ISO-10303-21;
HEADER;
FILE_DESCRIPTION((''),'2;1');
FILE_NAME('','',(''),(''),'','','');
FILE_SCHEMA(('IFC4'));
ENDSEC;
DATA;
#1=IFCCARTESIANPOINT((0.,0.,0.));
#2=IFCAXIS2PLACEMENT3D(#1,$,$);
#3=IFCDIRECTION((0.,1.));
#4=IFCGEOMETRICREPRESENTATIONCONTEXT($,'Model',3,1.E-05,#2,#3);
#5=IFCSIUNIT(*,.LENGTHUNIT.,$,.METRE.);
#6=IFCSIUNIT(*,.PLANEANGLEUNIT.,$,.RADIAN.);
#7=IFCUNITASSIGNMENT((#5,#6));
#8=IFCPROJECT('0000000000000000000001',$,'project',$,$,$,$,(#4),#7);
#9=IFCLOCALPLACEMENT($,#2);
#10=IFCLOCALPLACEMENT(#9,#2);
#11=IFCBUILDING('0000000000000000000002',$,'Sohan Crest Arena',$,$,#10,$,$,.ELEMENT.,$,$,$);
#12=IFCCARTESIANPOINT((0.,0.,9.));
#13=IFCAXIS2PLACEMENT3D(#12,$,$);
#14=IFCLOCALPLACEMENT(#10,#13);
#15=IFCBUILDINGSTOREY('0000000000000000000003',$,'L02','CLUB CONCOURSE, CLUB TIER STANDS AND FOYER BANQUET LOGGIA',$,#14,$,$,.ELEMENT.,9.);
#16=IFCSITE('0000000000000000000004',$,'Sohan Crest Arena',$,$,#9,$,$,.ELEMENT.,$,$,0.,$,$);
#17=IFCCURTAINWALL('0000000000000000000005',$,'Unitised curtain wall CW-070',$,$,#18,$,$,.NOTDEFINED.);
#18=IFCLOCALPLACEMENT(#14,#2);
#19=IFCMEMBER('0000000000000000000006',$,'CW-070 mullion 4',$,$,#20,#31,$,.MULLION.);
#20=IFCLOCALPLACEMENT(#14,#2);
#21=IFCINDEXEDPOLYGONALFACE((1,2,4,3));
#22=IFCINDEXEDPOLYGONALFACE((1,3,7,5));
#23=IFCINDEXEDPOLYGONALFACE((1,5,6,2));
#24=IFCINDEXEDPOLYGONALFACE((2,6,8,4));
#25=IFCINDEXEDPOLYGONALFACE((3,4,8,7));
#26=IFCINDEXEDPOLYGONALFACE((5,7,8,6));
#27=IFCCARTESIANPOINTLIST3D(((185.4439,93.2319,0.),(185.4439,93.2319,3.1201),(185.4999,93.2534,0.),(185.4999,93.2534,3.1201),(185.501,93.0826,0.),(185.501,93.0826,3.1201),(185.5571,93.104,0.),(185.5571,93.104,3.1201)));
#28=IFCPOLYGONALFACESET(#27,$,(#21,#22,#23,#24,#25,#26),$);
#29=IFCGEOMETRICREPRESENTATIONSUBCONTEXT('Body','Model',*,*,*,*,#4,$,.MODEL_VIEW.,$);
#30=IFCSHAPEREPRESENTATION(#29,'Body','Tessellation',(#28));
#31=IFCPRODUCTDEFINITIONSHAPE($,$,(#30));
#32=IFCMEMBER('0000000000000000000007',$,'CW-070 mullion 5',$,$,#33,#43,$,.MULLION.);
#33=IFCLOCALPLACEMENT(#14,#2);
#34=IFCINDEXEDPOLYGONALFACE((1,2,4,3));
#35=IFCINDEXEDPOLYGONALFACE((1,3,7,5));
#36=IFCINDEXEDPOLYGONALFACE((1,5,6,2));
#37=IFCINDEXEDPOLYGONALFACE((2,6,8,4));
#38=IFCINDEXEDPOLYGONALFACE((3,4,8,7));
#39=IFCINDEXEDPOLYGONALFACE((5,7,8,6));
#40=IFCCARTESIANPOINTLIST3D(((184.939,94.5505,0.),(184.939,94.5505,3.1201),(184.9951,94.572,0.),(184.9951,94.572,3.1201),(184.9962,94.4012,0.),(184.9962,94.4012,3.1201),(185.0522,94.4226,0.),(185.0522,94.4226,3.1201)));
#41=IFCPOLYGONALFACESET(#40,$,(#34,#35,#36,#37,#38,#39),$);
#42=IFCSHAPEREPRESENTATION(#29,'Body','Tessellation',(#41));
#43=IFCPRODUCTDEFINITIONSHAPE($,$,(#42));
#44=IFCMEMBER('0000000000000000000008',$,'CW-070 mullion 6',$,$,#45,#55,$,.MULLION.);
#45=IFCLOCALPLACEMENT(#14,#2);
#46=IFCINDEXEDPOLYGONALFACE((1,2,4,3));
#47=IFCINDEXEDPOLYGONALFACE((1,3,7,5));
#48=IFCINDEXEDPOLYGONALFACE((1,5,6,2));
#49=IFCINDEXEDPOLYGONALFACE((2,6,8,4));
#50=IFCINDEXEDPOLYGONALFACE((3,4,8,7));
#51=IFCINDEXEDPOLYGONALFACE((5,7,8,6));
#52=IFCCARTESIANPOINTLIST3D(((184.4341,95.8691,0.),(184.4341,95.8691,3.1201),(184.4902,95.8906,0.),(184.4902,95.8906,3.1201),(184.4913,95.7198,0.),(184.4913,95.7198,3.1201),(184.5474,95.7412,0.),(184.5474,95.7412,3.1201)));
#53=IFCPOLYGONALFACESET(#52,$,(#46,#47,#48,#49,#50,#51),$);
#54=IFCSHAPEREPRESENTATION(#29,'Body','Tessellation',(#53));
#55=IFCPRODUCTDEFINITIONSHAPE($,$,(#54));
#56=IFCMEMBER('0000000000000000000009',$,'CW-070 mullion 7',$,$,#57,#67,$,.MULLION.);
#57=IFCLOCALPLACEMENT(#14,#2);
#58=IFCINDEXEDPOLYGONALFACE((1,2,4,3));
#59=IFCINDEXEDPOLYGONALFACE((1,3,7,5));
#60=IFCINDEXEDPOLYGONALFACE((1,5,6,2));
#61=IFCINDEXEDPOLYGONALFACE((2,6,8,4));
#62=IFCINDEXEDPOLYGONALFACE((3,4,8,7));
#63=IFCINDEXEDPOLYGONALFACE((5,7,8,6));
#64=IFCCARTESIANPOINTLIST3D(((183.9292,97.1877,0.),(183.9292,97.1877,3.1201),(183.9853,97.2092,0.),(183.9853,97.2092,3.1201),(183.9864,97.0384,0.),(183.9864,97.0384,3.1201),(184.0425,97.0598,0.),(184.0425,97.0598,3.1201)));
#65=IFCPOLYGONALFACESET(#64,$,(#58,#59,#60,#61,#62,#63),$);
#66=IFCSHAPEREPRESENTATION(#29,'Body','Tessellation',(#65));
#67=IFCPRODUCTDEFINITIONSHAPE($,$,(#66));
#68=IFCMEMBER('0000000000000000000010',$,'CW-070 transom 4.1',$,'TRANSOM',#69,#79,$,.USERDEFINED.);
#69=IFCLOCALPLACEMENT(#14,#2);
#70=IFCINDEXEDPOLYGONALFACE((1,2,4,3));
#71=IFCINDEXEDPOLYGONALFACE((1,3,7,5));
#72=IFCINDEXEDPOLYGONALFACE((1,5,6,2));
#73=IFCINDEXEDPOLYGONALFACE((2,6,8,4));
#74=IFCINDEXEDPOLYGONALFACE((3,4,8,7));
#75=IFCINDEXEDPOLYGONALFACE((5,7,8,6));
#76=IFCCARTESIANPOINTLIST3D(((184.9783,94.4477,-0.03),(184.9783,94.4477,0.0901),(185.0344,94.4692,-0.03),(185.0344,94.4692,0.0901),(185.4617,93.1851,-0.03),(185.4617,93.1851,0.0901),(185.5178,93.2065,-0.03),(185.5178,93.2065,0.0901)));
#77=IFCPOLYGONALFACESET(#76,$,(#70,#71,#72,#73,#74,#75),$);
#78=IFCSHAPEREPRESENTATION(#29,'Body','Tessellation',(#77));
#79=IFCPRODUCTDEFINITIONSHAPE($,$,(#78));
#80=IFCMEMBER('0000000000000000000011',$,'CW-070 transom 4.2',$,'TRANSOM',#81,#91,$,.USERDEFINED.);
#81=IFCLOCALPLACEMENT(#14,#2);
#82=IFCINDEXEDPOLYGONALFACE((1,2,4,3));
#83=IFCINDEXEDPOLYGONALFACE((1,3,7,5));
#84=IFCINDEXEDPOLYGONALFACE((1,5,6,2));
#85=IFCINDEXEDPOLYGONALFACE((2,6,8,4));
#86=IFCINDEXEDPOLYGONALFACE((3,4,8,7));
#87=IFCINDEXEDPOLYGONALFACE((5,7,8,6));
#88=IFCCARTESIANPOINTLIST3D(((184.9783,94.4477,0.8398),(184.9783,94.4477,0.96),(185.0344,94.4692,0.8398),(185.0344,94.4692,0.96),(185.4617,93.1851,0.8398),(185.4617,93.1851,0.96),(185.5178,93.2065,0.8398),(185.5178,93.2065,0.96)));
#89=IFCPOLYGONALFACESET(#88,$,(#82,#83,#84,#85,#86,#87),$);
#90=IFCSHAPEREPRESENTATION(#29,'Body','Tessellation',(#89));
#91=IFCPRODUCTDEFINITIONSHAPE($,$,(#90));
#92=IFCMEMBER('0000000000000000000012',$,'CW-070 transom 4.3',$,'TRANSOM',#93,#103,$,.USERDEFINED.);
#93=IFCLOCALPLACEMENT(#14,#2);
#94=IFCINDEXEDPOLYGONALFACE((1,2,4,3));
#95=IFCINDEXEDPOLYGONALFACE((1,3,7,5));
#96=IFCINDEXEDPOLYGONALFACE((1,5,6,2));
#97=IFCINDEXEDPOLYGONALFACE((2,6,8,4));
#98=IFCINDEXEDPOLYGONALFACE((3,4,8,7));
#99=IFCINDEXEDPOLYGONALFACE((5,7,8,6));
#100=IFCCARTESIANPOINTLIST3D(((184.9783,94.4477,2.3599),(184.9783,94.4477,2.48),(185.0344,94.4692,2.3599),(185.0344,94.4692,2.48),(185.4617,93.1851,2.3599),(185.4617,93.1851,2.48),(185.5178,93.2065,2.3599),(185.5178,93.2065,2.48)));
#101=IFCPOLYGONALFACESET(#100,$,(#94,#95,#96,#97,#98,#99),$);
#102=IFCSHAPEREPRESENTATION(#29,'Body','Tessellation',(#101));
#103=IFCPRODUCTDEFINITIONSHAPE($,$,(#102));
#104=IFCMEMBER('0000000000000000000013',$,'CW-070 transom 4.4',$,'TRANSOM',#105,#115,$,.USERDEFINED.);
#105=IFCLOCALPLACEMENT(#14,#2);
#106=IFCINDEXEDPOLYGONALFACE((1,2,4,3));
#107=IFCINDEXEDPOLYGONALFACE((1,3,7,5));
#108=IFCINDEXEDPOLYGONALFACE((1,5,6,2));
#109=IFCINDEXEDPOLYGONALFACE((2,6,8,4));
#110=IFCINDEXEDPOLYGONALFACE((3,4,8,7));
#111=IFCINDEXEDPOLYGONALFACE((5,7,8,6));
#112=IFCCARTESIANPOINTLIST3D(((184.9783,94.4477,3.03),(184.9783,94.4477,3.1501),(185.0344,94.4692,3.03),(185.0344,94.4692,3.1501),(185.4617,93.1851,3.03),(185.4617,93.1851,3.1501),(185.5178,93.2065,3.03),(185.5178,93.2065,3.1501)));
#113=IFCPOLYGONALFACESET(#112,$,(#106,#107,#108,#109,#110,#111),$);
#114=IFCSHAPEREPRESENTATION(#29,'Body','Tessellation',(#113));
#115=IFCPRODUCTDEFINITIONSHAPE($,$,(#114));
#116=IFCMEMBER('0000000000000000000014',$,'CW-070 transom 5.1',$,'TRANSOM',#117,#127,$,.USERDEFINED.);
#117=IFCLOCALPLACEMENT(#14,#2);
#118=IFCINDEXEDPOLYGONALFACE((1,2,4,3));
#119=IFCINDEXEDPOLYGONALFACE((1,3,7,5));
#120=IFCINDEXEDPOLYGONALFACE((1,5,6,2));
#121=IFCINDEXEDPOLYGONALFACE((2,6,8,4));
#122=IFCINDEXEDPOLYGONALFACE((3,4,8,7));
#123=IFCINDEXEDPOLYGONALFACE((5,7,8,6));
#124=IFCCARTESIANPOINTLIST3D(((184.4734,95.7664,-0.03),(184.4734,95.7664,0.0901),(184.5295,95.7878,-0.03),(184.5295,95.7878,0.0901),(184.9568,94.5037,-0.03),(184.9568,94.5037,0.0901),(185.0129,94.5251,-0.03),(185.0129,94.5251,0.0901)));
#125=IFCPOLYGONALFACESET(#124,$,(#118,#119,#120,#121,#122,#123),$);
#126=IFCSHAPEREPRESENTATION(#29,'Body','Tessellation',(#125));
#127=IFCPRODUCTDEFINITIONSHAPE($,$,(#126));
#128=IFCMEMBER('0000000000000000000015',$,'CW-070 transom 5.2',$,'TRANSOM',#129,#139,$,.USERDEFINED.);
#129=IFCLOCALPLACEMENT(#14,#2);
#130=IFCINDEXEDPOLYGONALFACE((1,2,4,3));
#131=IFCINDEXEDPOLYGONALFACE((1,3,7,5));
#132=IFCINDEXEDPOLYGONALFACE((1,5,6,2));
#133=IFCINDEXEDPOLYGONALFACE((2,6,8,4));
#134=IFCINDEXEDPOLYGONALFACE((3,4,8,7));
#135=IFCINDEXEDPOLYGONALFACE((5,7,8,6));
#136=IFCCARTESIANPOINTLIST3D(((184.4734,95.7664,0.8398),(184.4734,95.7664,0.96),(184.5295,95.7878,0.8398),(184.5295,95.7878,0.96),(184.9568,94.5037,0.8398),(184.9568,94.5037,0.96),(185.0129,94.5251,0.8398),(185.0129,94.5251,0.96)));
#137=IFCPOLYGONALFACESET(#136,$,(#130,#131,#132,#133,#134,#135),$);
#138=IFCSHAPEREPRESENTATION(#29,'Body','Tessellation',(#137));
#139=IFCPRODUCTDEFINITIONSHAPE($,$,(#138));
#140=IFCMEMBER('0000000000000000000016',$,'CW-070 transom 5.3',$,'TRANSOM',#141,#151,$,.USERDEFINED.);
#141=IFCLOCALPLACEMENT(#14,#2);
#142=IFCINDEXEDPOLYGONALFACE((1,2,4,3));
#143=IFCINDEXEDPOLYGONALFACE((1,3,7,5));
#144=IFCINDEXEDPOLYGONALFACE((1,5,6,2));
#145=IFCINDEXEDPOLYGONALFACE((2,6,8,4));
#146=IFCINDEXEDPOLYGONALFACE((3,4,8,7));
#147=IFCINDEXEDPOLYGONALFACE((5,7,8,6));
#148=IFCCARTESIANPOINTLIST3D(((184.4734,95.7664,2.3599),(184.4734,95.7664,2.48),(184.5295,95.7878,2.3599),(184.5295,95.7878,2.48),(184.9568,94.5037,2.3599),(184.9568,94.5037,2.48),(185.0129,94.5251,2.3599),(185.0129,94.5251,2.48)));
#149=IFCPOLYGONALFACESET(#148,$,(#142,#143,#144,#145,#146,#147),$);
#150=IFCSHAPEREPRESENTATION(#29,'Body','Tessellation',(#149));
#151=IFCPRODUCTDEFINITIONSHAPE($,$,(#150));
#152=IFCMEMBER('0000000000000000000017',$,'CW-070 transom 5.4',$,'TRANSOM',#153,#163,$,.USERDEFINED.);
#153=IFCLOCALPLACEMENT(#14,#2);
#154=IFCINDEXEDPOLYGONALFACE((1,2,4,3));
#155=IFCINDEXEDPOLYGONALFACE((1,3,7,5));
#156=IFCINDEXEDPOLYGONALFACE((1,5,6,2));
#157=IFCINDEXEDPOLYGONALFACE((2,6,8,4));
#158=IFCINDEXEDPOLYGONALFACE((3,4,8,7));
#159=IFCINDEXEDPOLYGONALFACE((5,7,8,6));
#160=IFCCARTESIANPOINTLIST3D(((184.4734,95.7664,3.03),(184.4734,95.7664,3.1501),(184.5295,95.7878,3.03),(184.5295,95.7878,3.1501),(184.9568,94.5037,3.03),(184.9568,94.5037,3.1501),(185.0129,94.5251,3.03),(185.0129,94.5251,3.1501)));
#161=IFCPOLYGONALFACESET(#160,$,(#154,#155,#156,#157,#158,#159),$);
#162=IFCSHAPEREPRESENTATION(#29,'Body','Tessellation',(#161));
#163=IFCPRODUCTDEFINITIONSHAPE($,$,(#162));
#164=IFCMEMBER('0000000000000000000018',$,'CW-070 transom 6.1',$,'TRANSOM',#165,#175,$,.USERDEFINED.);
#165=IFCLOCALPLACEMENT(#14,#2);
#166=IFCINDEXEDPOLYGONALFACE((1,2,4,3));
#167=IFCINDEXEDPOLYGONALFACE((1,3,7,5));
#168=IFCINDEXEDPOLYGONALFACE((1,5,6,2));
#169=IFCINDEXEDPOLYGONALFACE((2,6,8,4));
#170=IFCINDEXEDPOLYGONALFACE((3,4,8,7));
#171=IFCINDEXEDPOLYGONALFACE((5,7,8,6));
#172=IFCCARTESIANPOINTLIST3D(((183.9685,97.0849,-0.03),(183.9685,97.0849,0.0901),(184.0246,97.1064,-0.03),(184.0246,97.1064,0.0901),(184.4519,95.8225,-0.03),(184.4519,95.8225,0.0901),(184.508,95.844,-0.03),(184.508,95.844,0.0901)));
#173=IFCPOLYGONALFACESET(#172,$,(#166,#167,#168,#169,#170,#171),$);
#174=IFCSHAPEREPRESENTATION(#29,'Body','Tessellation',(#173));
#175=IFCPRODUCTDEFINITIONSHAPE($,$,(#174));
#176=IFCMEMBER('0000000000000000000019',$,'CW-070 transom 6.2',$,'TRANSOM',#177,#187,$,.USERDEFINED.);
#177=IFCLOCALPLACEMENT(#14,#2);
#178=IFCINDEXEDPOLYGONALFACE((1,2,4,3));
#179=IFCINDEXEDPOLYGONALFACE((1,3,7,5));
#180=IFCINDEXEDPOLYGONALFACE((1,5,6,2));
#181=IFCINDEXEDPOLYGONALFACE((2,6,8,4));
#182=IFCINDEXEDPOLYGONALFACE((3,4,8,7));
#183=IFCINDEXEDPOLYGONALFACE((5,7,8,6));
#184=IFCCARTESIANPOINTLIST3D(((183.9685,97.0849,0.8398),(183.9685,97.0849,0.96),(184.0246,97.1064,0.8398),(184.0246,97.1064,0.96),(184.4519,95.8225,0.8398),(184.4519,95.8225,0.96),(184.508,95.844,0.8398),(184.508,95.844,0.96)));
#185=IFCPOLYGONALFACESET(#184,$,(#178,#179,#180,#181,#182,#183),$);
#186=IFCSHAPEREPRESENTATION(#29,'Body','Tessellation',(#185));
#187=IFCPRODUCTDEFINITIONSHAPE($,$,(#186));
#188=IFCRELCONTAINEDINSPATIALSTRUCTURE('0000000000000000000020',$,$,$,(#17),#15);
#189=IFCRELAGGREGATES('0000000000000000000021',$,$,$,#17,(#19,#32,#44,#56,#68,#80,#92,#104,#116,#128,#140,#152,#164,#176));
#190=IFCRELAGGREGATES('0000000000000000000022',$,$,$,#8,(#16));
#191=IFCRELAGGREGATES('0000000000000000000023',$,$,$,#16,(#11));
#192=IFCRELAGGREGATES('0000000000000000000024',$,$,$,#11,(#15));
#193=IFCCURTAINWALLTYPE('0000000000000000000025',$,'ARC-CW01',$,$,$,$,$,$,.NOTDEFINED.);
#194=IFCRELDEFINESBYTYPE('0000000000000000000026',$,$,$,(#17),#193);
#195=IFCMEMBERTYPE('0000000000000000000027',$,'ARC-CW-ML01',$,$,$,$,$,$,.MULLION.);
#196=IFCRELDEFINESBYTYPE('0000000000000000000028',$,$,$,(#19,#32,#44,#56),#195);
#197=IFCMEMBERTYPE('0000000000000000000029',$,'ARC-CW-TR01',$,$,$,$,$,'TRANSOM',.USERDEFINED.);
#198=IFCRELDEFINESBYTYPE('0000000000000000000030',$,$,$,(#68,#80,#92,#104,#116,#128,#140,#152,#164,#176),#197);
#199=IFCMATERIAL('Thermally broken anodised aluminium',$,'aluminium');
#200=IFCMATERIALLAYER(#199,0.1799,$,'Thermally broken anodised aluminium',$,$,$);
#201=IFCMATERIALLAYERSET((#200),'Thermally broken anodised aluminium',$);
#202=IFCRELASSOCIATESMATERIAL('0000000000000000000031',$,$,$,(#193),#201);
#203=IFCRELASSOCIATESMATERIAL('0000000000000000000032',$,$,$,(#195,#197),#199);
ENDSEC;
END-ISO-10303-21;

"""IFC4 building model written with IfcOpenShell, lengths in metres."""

from ifc_helpers import new_model, si_unit, direction, frame, origin, origin_2d, place, context, subcontext, project, spatial, rectangle, extrude, material, layer, layer_set, material_profile, profile_set, type_object, element, aggregate, save


model = new_model("IFC4")

# Units and contexts
model_context = context("Model", 3, precision=1e-05, world=origin(), true_north=direction((0.0, 1.0)))
body_context = subcontext(model_context, "Body", "Model", "MODEL_VIEW")
ifc_project = project(units=[si_unit("LENGTHUNIT", "METRE"), si_unit("PLANEANGLEUNIT", "RADIAN")], contexts=[model_context])

# Site, building, storey
site_placement = place(None, origin())
site = spatial("IfcSite", under=ifc_project, at=site_placement, Name="Sohan Crest Arena", CompositionType="ELEMENT", RefElevation=0.0)
building_placement = place(site_placement, origin())
building = spatial("IfcBuilding", under=site, at=building_placement, Name="Sohan Crest Arena", CompositionType="ELEMENT")
storey_placement = place(building_placement, frame((0.0, 0.0, 9.0)))
storey = spatial("IfcBuildingStorey", under=building, at=storey_placement, Name="L02", Description="CLUB CONCOURSE, CLUB TIER STANDS AND FOYER BANQUET LOGGIA", CompositionType="ELEMENT", Elevation=9.0)

# Curtain wall, members
ifc_material_1 = material(Name="Thermally broken anodised aluminium", Category="aluminium")
ifc_layer_1 = layer(ifc_material_1, 0.1799, Name="Thermally broken anodised aluminium")
ifc_layer_set_1 = layer_set([ifc_layer_1], Name="Thermally broken anodised aluminium")
curtain_wall_type = type_object("IfcCurtainWallType", Name="ARC-CW01", PredefinedType="NOTDEFINED", material=ifc_layer_set_1)
curtain_wall_placement = place(storey_placement, origin())
curtain_wall = element("IfcCurtainWall", 1, at=curtain_wall_placement, inside=storey, type_object=curtain_wall_type, Name="Unitised curtain wall CW-070", PredefinedType="NOTDEFINED")
ifc_material_profile_1 = material_profile(ifc_material_1, rectangle(XDim=0.0601, YDim=0.1599, at=origin_2d()), Name="ALU-MULL 60x160")
ifc_profile_set_1 = profile_set([ifc_material_profile_1], Name="Thermally broken anodised aluminium")
member_type_1 = type_object("IfcMemberType", Name="ARC-CW-ML01", PredefinedType="MULLION", material=ifc_profile_set_1)
member_1_placement = place(storey_placement, frame((185.5005, 93.168, 0.0), z_axis=(0.0, 0.0, 1.0), x_axis=(-0.933888, -0.357567, 0.0)))
member_1 = element("IfcMember", 2, at=member_1_placement, type_object=member_type_1, Name="CW-070 mullion 4", PredefinedType="MULLION", context=body_context, shape_type="SweptSolid", body=[
    extrude(rectangle(XDim=0.0601, YDim=0.1599, at=origin_2d()), origin(), (0.0, 0.0, 1.0), 3.1201),
])
member_2_placement = place(storey_placement, frame((184.9956, 94.4866, 0.0), z_axis=(0.0, 0.0, 1.0), x_axis=(-0.933888, -0.357567, 0.0)))
member_2 = element("IfcMember", 3, at=member_2_placement, type_object=member_type_1, Name="CW-070 mullion 5", PredefinedType="MULLION", context=body_context, shape_type="SweptSolid", body=[
    extrude(rectangle(XDim=0.0601, YDim=0.1599, at=origin_2d()), origin(), (0.0, 0.0, 1.0), 3.1201),
])
member_3_placement = place(storey_placement, frame((184.4907, 95.8052, 0.0), z_axis=(0.0, 0.0, 1.0), x_axis=(-0.933888, -0.357567, 0.0)))
member_3 = element("IfcMember", 4, at=member_3_placement, type_object=member_type_1, Name="CW-070 mullion 6", PredefinedType="MULLION", context=body_context, shape_type="SweptSolid", body=[
    extrude(rectangle(XDim=0.0601, YDim=0.1599, at=origin_2d()), origin(), (0.0, 0.0, 1.0), 3.1201),
])
member_4_placement = place(storey_placement, frame((183.9858, 97.1238, 0.0), z_axis=(0.0, 0.0, 1.0), x_axis=(-0.933888, -0.357567, 0.0)))
member_4 = element("IfcMember", 5, at=member_4_placement, type_object=member_type_1, Name="CW-070 mullion 7", PredefinedType="MULLION", context=body_context, shape_type="SweptSolid", body=[
    extrude(rectangle(XDim=0.0601, YDim=0.1599, at=origin_2d()), origin(), (0.0, 0.0, 1.0), 3.1201),
])
ifc_material_profile_2 = material_profile(ifc_material_1, rectangle(XDim=0.0601, YDim=0.1201, at=origin_2d()), Name="ALU-TRAN 60x120")
ifc_profile_set_2 = profile_set([ifc_material_profile_2], Name="Thermally broken anodised aluminium")
member_type_2 = type_object("IfcMemberType", Name="ARC-CW-TR01", ElementType="TRANSOM", PredefinedType="USERDEFINED", material=ifc_profile_set_2)
member_5_placement = place(storey_placement, frame((185.4897, 93.1958, 0.03), z_axis=(-0.357527, 0.933903, 0.0), x_axis=(-0.933903, -0.357527, 0.0)))
member_5 = element("IfcMember", 6, at=member_5_placement, type_object=member_type_2, Name="CW-070 transom 4.1", ObjectType="TRANSOM", PredefinedType="USERDEFINED", context=body_context, shape_type="SweptSolid", body=[
    extrude(rectangle(XDim=0.0601, YDim=0.1201, at=origin_2d()), origin(), (0.0, 0.0, 1.0), 1.3521),
])
member_6_placement = place(storey_placement, frame((185.4897, 93.1958, 0.8999), z_axis=(-0.357527, 0.933903, 0.0), x_axis=(-0.933903, -0.357527, 0.0)))
member_6 = element("IfcMember", 7, at=member_6_placement, type_object=member_type_2, Name="CW-070 transom 4.2", ObjectType="TRANSOM", PredefinedType="USERDEFINED", context=body_context, shape_type="SweptSolid", body=[
    extrude(rectangle(XDim=0.0601, YDim=0.1201, at=origin_2d()), origin(), (0.0, 0.0, 1.0), 1.3521),
])
member_7_placement = place(storey_placement, frame((185.4897, 93.1958, 2.4199), z_axis=(-0.357527, 0.933903, 0.0), x_axis=(-0.933903, -0.357527, 0.0)))
member_7 = element("IfcMember", 8, at=member_7_placement, type_object=member_type_2, Name="CW-070 transom 4.3", ObjectType="TRANSOM", PredefinedType="USERDEFINED", context=body_context, shape_type="SweptSolid", body=[
    extrude(rectangle(XDim=0.0601, YDim=0.1201, at=origin_2d()), origin(), (0.0, 0.0, 1.0), 1.3521),
])
member_8_placement = place(storey_placement, frame((185.4897, 93.1958, 3.0901), z_axis=(-0.357527, 0.933903, 0.0), x_axis=(-0.933903, -0.357527, 0.0)))
member_8 = element("IfcMember", 9, at=member_8_placement, type_object=member_type_2, Name="CW-070 transom 4.4", ObjectType="TRANSOM", PredefinedType="USERDEFINED", context=body_context, shape_type="SweptSolid", body=[
    extrude(rectangle(XDim=0.0601, YDim=0.1201, at=origin_2d()), origin(), (0.0, 0.0, 1.0), 1.3521),
])
member_9_placement = place(storey_placement, frame((184.9849, 94.5144, 0.03), z_axis=(-0.357527, 0.933903, 0.0), x_axis=(-0.933903, -0.357527, 0.0)))
member_9 = element("IfcMember", 10, at=member_9_placement, type_object=member_type_2, Name="CW-070 transom 5.1", ObjectType="TRANSOM", PredefinedType="USERDEFINED", context=body_context, shape_type="SweptSolid", body=[
    extrude(rectangle(XDim=0.0601, YDim=0.1201, at=origin_2d()), origin(), (0.0, 0.0, 1.0), 1.3521),
])
member_10_placement = place(storey_placement, frame((184.9849, 94.5144, 0.8999), z_axis=(-0.357527, 0.933903, 0.0), x_axis=(-0.933903, -0.357527, 0.0)))
member_10 = element("IfcMember", 11, at=member_10_placement, type_object=member_type_2, Name="CW-070 transom 5.2", ObjectType="TRANSOM", PredefinedType="USERDEFINED", context=body_context, shape_type="SweptSolid", body=[
    extrude(rectangle(XDim=0.0601, YDim=0.1201, at=origin_2d()), origin(), (0.0, 0.0, 1.0), 1.3521),
])
member_11_placement = place(storey_placement, frame((184.9849, 94.5144, 2.4199), z_axis=(-0.357527, 0.933903, 0.0), x_axis=(-0.933903, -0.357527, 0.0)))
member_11 = element("IfcMember", 12, at=member_11_placement, type_object=member_type_2, Name="CW-070 transom 5.3", ObjectType="TRANSOM", PredefinedType="USERDEFINED", context=body_context, shape_type="SweptSolid", body=[
    extrude(rectangle(XDim=0.0601, YDim=0.1201, at=origin_2d()), origin(), (0.0, 0.0, 1.0), 1.3521),
])
member_12_placement = place(storey_placement, frame((184.9849, 94.5144, 3.0901), z_axis=(-0.357527, 0.933903, 0.0), x_axis=(-0.933903, -0.357527, 0.0)))
member_12 = element("IfcMember", 13, at=member_12_placement, type_object=member_type_2, Name="CW-070 transom 5.4", ObjectType="TRANSOM", PredefinedType="USERDEFINED", context=body_context, shape_type="SweptSolid", body=[
    extrude(rectangle(XDim=0.0601, YDim=0.1201, at=origin_2d()), origin(), (0.0, 0.0, 1.0), 1.3521),
])
member_13_placement = place(storey_placement, frame((184.48, 95.8333, 0.03), z_axis=(-0.357587, 0.93388, 0.0), x_axis=(-0.93388, -0.357587, 0.0)))
member_13 = element("IfcMember", 14, at=member_13_placement, type_object=member_type_2, Name="CW-070 transom 6.1", ObjectType="TRANSOM", PredefinedType="USERDEFINED", context=body_context, shape_type="SweptSolid", body=[
    extrude(rectangle(XDim=0.0601, YDim=0.1201, at=origin_2d()), origin(), (0.0, 0.0, 1.0), 1.3518),
])
member_14_placement = place(storey_placement, frame((184.48, 95.8333, 0.8999), z_axis=(-0.357587, 0.93388, 0.0), x_axis=(-0.93388, -0.357587, 0.0)))
member_14 = element("IfcMember", 15, at=member_14_placement, type_object=member_type_2, Name="CW-070 transom 6.2", ObjectType="TRANSOM", PredefinedType="USERDEFINED", context=body_context, shape_type="SweptSolid", body=[
    extrude(rectangle(XDim=0.0601, YDim=0.1201, at=origin_2d()), origin(), (0.0, 0.0, 1.0), 1.3518),
])

aggregate(curtain_wall, [member_1, member_2, member_3, member_4, member_5, member_6, member_7, member_8, member_9, member_10, member_11, member_12, member_13, member_14])

save(model, "model.ifc")
